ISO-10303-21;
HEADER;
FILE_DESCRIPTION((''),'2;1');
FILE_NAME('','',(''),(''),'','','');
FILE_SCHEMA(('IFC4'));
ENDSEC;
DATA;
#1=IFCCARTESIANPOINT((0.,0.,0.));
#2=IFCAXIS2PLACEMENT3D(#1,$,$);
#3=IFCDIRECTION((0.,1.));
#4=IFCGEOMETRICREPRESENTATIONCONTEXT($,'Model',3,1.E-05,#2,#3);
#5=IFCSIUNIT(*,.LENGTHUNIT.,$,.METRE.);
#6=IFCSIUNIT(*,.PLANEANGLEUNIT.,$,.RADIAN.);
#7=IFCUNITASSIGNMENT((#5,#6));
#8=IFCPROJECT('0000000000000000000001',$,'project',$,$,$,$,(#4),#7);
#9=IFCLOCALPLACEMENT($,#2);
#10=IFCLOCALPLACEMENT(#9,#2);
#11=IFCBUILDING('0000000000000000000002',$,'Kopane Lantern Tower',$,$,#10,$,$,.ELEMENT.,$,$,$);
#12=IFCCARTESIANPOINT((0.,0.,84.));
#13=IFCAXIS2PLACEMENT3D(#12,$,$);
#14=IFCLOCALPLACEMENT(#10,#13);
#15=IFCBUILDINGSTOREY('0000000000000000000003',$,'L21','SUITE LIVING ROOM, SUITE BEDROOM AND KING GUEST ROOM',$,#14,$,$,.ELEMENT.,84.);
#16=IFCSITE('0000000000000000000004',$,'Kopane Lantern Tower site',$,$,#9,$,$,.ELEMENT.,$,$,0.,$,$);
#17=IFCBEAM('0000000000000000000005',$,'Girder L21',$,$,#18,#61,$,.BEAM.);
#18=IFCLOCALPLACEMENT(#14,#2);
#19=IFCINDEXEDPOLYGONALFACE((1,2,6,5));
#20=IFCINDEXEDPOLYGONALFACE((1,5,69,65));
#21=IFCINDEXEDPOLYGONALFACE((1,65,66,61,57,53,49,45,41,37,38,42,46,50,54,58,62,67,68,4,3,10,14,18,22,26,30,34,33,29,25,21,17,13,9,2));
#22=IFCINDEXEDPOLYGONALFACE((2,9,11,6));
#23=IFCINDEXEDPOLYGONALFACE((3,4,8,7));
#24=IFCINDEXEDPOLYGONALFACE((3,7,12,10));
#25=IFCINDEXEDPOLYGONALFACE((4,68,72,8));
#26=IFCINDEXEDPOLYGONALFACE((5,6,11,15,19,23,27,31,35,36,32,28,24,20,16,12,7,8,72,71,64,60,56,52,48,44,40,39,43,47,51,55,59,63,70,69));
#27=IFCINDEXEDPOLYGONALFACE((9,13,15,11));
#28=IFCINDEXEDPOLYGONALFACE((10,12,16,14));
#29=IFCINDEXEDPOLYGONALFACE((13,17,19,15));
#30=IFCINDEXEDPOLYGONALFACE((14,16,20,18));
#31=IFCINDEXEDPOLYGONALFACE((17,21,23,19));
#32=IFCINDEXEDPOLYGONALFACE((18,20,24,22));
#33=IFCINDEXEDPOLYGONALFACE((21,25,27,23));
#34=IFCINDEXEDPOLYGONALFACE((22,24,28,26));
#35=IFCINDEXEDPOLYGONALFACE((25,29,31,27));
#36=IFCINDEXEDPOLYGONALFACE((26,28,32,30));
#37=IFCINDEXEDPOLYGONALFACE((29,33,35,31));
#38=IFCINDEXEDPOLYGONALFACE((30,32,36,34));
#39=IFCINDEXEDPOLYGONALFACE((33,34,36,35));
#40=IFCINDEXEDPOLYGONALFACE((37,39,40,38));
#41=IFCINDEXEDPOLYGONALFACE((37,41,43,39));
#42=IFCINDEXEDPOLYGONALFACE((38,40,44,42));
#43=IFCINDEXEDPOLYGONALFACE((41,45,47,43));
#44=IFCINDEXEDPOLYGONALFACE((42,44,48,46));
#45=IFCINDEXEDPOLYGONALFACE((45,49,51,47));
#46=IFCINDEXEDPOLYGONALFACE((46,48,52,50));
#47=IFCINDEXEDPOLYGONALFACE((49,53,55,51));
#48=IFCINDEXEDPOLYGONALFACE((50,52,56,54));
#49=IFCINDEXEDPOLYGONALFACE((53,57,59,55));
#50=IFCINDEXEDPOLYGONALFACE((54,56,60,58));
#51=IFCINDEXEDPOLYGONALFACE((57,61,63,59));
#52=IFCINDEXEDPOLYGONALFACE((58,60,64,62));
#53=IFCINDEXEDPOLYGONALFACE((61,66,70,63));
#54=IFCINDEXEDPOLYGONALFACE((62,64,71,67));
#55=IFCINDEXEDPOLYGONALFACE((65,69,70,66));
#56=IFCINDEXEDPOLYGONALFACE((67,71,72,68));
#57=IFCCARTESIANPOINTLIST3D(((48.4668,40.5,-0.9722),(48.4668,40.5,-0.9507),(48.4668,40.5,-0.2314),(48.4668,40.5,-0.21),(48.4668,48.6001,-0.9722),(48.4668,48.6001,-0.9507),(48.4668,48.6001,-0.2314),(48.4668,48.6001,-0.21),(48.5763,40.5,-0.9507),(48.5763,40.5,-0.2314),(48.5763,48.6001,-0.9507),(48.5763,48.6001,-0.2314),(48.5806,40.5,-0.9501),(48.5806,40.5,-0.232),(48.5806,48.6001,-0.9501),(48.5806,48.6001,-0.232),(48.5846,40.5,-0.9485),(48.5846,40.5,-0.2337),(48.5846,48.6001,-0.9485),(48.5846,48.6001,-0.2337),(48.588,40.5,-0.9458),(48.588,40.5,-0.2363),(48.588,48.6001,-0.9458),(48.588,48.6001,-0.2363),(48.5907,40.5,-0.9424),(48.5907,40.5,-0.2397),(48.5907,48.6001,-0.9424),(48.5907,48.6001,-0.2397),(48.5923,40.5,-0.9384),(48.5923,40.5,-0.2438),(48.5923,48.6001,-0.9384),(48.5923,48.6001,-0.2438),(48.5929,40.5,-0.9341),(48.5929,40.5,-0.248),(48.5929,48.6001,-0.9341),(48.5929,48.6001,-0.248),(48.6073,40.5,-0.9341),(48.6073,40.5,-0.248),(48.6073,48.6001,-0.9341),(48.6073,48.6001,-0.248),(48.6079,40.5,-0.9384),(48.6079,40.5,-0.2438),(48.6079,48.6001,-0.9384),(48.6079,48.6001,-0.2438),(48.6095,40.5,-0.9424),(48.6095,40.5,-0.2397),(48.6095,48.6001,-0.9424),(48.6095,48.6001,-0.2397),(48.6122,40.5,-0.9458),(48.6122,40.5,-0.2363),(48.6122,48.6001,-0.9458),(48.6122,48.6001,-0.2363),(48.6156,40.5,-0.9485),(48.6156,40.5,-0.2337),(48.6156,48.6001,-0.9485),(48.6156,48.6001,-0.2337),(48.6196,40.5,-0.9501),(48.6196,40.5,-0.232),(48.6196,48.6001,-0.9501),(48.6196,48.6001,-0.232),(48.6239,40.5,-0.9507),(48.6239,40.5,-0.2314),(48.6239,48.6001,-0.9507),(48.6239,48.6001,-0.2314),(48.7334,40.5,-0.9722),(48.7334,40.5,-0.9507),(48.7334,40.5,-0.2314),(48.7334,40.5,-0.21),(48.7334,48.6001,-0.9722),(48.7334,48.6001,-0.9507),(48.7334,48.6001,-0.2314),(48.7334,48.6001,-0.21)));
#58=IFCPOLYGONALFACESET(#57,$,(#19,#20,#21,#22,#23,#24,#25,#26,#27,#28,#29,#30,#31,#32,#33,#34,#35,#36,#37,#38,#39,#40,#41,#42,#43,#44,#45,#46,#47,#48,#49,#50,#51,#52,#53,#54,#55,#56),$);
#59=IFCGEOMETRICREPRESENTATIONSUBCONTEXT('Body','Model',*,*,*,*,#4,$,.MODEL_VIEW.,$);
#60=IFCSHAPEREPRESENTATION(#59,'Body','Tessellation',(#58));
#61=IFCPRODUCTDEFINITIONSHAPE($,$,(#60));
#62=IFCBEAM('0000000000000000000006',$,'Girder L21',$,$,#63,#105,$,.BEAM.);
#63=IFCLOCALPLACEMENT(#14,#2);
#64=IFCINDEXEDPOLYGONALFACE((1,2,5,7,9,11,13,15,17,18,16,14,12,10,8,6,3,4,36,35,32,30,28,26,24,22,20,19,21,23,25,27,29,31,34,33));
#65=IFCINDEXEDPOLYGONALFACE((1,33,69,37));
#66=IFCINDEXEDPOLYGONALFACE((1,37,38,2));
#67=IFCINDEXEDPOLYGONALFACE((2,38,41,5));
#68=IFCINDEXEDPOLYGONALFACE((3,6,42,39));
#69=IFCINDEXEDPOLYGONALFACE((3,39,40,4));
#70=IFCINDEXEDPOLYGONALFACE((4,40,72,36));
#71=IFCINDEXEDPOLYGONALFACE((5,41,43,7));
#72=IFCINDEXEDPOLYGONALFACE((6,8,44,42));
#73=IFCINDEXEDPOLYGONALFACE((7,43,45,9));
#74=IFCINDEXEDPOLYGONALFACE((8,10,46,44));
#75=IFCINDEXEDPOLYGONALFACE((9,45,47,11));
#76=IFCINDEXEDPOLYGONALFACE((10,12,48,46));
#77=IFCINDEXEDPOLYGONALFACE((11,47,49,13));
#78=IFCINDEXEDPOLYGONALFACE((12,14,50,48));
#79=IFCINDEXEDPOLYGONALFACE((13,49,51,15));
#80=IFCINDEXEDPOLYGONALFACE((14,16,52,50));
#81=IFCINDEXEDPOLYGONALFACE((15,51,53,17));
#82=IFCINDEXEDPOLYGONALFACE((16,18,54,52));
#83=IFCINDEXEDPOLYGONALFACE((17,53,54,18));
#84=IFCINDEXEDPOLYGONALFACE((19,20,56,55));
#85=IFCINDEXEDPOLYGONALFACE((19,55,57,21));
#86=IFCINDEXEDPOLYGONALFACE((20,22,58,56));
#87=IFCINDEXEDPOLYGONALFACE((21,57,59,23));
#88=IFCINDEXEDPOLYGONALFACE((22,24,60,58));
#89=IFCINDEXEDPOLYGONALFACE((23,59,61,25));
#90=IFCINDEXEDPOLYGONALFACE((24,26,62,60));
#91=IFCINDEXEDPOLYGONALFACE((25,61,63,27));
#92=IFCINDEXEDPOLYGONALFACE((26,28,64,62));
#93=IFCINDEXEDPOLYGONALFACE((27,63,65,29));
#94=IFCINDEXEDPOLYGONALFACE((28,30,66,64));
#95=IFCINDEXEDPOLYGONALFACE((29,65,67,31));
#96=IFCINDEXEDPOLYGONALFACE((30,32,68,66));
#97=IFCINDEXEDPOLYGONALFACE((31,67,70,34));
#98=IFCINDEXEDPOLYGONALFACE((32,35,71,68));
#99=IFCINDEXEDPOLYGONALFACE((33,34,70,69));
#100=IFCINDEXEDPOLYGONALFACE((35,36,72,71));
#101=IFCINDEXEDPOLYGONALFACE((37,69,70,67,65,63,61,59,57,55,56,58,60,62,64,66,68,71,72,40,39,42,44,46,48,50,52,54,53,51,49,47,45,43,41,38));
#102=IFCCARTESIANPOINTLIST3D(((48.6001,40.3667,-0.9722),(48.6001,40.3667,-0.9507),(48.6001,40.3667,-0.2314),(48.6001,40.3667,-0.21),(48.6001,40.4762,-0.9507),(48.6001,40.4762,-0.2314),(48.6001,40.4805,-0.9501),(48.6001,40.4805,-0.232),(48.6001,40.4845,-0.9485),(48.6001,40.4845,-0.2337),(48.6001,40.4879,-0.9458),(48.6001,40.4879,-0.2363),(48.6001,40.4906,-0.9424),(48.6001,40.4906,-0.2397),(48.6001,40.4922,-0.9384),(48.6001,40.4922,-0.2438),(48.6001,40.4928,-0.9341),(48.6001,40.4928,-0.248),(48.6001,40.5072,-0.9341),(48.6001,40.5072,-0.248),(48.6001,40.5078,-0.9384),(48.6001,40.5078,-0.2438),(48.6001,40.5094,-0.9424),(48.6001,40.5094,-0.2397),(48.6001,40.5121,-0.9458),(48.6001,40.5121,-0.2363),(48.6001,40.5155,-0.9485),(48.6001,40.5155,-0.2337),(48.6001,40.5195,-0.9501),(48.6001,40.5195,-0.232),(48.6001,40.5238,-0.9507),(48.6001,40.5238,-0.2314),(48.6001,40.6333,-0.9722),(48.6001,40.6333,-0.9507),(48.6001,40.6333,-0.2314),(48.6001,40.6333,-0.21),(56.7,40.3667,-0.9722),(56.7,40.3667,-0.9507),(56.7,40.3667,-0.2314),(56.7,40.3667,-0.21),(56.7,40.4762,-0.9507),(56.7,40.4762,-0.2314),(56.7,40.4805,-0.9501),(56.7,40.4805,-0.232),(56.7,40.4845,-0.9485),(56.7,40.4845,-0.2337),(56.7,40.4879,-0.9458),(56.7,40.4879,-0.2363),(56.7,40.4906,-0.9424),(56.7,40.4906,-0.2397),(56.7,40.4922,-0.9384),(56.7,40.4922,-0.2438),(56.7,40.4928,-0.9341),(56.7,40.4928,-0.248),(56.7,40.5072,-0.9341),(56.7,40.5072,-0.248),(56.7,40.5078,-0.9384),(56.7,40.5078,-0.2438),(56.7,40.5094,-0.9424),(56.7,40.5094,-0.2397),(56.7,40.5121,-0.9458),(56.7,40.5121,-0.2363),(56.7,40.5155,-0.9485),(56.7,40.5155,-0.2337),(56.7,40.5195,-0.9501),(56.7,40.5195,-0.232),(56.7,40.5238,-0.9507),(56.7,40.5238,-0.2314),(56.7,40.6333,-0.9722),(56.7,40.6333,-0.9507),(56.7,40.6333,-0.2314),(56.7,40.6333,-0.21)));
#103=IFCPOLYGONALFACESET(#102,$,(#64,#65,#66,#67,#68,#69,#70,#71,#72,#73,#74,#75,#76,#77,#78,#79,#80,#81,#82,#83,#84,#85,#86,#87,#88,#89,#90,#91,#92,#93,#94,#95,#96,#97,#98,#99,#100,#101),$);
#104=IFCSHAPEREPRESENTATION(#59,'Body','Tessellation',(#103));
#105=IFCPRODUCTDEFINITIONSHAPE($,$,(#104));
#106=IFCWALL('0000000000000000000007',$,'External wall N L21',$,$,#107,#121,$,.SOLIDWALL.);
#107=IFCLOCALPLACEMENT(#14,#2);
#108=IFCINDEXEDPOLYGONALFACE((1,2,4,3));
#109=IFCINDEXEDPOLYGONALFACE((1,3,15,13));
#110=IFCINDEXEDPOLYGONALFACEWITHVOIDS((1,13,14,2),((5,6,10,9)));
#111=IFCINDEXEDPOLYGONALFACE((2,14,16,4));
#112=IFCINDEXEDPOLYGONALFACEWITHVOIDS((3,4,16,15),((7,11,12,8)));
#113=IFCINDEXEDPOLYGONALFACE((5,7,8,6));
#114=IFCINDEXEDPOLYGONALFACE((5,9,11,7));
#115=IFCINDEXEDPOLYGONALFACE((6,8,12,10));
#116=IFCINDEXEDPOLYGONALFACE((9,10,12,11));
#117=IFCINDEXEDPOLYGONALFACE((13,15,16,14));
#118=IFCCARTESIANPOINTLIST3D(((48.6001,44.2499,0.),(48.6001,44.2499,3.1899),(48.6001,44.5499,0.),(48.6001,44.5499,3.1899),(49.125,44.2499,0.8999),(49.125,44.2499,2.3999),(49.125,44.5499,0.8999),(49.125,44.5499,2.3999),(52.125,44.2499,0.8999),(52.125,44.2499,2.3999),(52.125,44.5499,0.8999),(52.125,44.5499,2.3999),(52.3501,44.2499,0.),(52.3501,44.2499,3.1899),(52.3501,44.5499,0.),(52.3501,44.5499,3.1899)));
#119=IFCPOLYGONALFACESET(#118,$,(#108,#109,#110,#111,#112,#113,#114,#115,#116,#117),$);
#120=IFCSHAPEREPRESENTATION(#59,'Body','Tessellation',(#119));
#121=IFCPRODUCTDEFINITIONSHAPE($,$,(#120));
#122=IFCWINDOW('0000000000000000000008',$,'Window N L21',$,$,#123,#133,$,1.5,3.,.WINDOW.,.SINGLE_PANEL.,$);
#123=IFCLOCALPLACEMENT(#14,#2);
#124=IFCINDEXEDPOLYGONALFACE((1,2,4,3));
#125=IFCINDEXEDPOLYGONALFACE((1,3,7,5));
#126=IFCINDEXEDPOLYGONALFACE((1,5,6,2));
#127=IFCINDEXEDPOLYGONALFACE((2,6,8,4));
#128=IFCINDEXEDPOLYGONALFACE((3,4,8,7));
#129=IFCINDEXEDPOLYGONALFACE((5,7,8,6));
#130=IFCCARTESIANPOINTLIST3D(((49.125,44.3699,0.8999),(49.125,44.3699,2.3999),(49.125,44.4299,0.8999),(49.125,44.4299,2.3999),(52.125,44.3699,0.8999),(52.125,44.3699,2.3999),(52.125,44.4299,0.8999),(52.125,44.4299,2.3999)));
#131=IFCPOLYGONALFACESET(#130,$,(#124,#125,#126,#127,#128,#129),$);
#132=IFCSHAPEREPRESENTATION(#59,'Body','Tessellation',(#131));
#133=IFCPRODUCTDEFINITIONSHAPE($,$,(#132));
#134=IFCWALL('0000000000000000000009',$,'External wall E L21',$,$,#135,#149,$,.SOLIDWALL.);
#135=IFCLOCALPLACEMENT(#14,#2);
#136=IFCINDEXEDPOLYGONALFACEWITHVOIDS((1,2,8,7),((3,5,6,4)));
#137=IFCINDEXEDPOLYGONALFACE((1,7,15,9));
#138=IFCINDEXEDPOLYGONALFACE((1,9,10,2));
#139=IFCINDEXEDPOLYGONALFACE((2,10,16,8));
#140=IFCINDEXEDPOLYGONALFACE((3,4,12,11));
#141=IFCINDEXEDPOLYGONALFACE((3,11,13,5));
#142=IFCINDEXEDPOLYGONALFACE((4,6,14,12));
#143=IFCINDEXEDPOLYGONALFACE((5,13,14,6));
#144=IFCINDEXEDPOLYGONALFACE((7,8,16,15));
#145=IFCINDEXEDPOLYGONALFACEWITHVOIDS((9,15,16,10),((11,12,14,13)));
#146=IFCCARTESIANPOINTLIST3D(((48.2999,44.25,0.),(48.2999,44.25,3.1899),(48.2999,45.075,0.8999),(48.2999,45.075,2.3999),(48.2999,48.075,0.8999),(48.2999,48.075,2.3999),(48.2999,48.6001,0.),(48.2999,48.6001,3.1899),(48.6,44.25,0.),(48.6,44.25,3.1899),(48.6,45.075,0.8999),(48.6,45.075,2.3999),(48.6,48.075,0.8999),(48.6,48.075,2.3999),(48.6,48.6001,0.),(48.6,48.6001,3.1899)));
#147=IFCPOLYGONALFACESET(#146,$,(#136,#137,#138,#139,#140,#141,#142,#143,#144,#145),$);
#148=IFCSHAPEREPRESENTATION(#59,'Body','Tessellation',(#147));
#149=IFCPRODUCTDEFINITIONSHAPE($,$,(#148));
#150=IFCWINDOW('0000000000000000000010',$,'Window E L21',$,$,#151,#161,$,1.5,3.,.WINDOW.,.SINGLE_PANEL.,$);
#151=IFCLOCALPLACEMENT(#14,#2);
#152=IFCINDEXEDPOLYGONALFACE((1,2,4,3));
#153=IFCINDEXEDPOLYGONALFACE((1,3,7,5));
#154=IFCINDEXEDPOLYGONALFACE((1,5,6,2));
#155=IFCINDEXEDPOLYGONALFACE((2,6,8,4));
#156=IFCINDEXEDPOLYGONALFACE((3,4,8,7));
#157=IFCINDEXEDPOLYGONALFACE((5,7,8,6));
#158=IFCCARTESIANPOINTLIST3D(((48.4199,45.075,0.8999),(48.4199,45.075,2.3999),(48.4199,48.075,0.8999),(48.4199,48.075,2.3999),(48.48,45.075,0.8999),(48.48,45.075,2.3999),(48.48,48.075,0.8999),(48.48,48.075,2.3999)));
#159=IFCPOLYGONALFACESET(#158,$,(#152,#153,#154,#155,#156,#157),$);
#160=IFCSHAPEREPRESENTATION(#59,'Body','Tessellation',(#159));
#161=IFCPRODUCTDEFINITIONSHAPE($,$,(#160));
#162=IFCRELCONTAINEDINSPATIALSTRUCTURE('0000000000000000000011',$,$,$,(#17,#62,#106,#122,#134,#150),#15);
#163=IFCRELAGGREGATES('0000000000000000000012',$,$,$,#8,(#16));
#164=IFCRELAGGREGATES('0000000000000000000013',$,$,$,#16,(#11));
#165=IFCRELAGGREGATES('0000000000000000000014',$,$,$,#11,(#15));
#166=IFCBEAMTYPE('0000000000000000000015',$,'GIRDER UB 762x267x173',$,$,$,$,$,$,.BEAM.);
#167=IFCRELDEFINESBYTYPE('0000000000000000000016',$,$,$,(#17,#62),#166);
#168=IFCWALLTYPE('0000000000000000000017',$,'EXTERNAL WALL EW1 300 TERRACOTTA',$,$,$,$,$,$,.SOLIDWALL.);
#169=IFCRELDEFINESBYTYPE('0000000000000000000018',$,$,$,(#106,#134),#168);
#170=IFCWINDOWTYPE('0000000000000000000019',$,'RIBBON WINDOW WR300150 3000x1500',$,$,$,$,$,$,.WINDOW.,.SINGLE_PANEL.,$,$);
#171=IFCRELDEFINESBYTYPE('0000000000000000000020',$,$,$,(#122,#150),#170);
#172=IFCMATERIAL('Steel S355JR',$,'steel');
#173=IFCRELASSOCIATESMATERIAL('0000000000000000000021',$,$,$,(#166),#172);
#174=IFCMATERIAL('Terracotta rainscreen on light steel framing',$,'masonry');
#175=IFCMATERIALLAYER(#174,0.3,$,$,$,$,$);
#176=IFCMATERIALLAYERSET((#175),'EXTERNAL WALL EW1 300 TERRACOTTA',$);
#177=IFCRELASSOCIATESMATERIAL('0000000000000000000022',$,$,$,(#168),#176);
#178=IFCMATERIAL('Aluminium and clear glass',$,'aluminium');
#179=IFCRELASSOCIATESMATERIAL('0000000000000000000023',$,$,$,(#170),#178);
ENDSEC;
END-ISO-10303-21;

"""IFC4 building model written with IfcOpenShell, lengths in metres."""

from ifc_helpers import new_model, si_unit, direction, frame, frame_2d, origin, origin_2d, place, context, subcontext, project, spatial, rectangle, i_section, extrude, material, layer, layer_set, material_profile, profile_set, type_object, element, fill, save


model = new_model("IFC4")

# Units and contexts
model_context = context("Model", 3, precision=1e-05, world=origin(), true_north=direction((0.0, 1.0)))
body_context = subcontext(model_context, "Body", "Model", "MODEL_VIEW")
ifc_project = project(units=[si_unit("LENGTHUNIT", "METRE"), si_unit("PLANEANGLEUNIT", "RADIAN")], contexts=[model_context])

# Site, building, storey
site_placement = place(None, origin())
site = spatial("IfcSite", under=ifc_project, at=site_placement, Name="Kopane Lantern Tower site", CompositionType="ELEMENT", RefElevation=0.0)
building_placement = place(site_placement, origin())
building = spatial("IfcBuilding", under=site, at=building_placement, Name="Kopane Lantern Tower", CompositionType="ELEMENT")
storey_placement = place(building_placement, frame((0.0, 0.0, 84.0)))
storey = spatial("IfcBuildingStorey", under=building, at=storey_placement, Name="L21", Description="SUITE LIVING ROOM, SUITE BEDROOM AND KING GUEST ROOM", CompositionType="ELEMENT", Elevation=84.0)

# Beams
ifc_material_1 = material(Name="Steel S355JR", Category="steel")
ifc_material_profile_1 = material_profile(ifc_material_1, i_section(OverallWidth=0.2666, OverallDepth=0.7622, WebThickness=0.0144, FlangeThickness=0.0215, FilletRadius=0.0166, at=origin_2d()), Name="UB 762x267x173")
ifc_profile_set_1 = profile_set([ifc_material_profile_1], Name="Steel S355JR")
beam_type_1 = type_object("IfcBeamType", Name="GIRDER UB 762x267x173", PredefinedType="BEAM", material=ifc_profile_set_1)
beam_1_placement = place(storey_placement, frame((48.6001, 40.5, -0.5911), z_axis=(0.0, 1.0, 0.0), x_axis=(-1.0, 0.0, 0.0)))
element("IfcBeam", 1, at=beam_1_placement, inside=storey, type_object=beam_type_1, Name="Girder L21", PredefinedType="BEAM", context=body_context, shape_type="SweptSolid", body=[
    extrude(i_section(OverallWidth=0.2666, OverallDepth=0.7622, WebThickness=0.0144, FlangeThickness=0.0215, FilletRadius=0.0166, at=origin_2d()), origin(), (0.0, 0.0, 1.0), 8.1001),
])
beam_2_placement = place(storey_placement, frame((48.6001, 40.5, -0.5911), z_axis=(1.0, 0.0, 0.0), x_axis=(0.0, 1.0, 0.0)))
element("IfcBeam", 2, at=beam_2_placement, inside=storey, type_object=beam_type_1, Name="Girder L21", PredefinedType="BEAM", context=body_context, shape_type="SweptSolid", body=[
    extrude(i_section(OverallWidth=0.2666, OverallDepth=0.7622, WebThickness=0.0144, FlangeThickness=0.0215, FilletRadius=0.0166, at=origin_2d()), origin(), (0.0, 0.0, 1.0), 8.0999),
])

# Walls, openings, windows
ifc_material_2 = material(Name="Terracotta rainscreen on light steel framing", Category="masonry")
ifc_layer = layer(ifc_material_2, 0.3)
ifc_layer_set = layer_set([ifc_layer], Name="EXTERNAL WALL EW1 300 TERRACOTTA")
wall_type = type_object("IfcWallType", Name="EXTERNAL WALL EW1 300 TERRACOTTA", PredefinedType="SOLIDWALL", material=ifc_layer_set)
wall_1_placement = place(storey_placement, frame((52.3501, 44.3999, 0.0), z_axis=(0.0, 0.0, 1.0), x_axis=(-1.0, 0.0, 0.0)))
wall_1 = element("IfcWall", 3, at=wall_1_placement, inside=storey, type_object=wall_type, Name="External wall N L21", PredefinedType="SOLIDWALL", context=body_context, shape_type="SweptSolid", body=[
    extrude(rectangle(XDim=3.75, YDim=0.3, at=frame_2d((1.875, 0.0))), origin(), (0.0, 0.0, 1.0), 3.1899),
])
opening_1_placement = place(wall_1_placement, frame((0.2251, 0.0, 0.8999)))
opening_1 = element("IfcOpeningElement", 4, at=opening_1_placement, cuts=wall_1, PredefinedType="OPENING", context=body_context, shape_type="SweptSolid", body=[
    extrude(rectangle(XDim=3.0, YDim=1.5, at=frame_2d((1.5, 0.75))), frame((0.0, 0.1599, 0.0), z_axis=(0.0, -1.0, 0.0), x_axis=(1.0, 0.0, 0.0)), (0.0, 0.0, 1.0), 0.3201),
])
ifc_material_3 = material(Name="Aluminium and clear glass", Category="aluminium")
window_type = type_object("IfcWindowType", Name="RIBBON WINDOW WR300150 3000x1500", PartitioningType="SINGLE_PANEL", PredefinedType="WINDOW", material=ifc_material_3)
window_1_placement = place(opening_1_placement, origin())
window_1 = element("IfcWindow", 5, at=window_1_placement, inside=storey, type_object=window_type, Name="Window N L21", OverallHeight=1.5, OverallWidth=3.0, PartitioningType="SINGLE_PANEL", PredefinedType="WINDOW", context=body_context, shape_type="SweptSolid", body=[
    extrude(rectangle(XDim=3.0, YDim=1.5, at=frame_2d((1.5, 0.75))), frame((0.0, 0.03, 0.0), z_axis=(0.0, -1.0, 0.0), x_axis=(1.0, 0.0, 0.0)), (0.0, 0.0, 1.0), 0.0601),
])
fill(opening_1, window_1)
wall_2_placement = place(storey_placement, frame((48.45, 44.25, 0.0), z_axis=(0.0, 0.0, 1.0), x_axis=(0.0, 1.0, 0.0)))
wall_2 = element("IfcWall", 6, at=wall_2_placement, inside=storey, type_object=wall_type, Name="External wall E L21", PredefinedType="SOLIDWALL", context=body_context, shape_type="SweptSolid", body=[
    extrude(rectangle(XDim=4.3501, YDim=0.3, at=frame_2d((2.175, 0.0))), origin(), (0.0, 0.0, 1.0), 3.1899),
])
opening_2_placement = place(wall_2_placement, frame((0.825, 0.0, 0.8999)))
opening_2 = element("IfcOpeningElement", 7, at=opening_2_placement, cuts=wall_2, PredefinedType="OPENING", context=body_context, shape_type="SweptSolid", body=[
    extrude(rectangle(XDim=3.0, YDim=1.5, at=frame_2d((1.5, 0.75))), frame((0.0, 0.1599, 0.0), z_axis=(0.0, -1.0, 0.0), x_axis=(1.0, 0.0, 0.0)), (0.0, 0.0, 1.0), 0.3201),
])
window_2_placement = place(opening_2_placement, origin())
window_2 = element("IfcWindow", 8, at=window_2_placement, inside=storey, type_object=window_type, Name="Window E L21", OverallHeight=1.5, OverallWidth=3.0, PartitioningType="SINGLE_PANEL", PredefinedType="WINDOW", context=body_context, shape_type="SweptSolid", body=[
    extrude(rectangle(XDim=3.0, YDim=1.5, at=frame_2d((1.5, 0.75))), frame((0.0, 0.03, 0.0), z_axis=(0.0, -1.0, 0.0), x_axis=(1.0, 0.0, 0.0)), (0.0, 0.0, 1.0), 0.0601),
])
fill(opening_2, window_2)

save(model, "model.ifc")
